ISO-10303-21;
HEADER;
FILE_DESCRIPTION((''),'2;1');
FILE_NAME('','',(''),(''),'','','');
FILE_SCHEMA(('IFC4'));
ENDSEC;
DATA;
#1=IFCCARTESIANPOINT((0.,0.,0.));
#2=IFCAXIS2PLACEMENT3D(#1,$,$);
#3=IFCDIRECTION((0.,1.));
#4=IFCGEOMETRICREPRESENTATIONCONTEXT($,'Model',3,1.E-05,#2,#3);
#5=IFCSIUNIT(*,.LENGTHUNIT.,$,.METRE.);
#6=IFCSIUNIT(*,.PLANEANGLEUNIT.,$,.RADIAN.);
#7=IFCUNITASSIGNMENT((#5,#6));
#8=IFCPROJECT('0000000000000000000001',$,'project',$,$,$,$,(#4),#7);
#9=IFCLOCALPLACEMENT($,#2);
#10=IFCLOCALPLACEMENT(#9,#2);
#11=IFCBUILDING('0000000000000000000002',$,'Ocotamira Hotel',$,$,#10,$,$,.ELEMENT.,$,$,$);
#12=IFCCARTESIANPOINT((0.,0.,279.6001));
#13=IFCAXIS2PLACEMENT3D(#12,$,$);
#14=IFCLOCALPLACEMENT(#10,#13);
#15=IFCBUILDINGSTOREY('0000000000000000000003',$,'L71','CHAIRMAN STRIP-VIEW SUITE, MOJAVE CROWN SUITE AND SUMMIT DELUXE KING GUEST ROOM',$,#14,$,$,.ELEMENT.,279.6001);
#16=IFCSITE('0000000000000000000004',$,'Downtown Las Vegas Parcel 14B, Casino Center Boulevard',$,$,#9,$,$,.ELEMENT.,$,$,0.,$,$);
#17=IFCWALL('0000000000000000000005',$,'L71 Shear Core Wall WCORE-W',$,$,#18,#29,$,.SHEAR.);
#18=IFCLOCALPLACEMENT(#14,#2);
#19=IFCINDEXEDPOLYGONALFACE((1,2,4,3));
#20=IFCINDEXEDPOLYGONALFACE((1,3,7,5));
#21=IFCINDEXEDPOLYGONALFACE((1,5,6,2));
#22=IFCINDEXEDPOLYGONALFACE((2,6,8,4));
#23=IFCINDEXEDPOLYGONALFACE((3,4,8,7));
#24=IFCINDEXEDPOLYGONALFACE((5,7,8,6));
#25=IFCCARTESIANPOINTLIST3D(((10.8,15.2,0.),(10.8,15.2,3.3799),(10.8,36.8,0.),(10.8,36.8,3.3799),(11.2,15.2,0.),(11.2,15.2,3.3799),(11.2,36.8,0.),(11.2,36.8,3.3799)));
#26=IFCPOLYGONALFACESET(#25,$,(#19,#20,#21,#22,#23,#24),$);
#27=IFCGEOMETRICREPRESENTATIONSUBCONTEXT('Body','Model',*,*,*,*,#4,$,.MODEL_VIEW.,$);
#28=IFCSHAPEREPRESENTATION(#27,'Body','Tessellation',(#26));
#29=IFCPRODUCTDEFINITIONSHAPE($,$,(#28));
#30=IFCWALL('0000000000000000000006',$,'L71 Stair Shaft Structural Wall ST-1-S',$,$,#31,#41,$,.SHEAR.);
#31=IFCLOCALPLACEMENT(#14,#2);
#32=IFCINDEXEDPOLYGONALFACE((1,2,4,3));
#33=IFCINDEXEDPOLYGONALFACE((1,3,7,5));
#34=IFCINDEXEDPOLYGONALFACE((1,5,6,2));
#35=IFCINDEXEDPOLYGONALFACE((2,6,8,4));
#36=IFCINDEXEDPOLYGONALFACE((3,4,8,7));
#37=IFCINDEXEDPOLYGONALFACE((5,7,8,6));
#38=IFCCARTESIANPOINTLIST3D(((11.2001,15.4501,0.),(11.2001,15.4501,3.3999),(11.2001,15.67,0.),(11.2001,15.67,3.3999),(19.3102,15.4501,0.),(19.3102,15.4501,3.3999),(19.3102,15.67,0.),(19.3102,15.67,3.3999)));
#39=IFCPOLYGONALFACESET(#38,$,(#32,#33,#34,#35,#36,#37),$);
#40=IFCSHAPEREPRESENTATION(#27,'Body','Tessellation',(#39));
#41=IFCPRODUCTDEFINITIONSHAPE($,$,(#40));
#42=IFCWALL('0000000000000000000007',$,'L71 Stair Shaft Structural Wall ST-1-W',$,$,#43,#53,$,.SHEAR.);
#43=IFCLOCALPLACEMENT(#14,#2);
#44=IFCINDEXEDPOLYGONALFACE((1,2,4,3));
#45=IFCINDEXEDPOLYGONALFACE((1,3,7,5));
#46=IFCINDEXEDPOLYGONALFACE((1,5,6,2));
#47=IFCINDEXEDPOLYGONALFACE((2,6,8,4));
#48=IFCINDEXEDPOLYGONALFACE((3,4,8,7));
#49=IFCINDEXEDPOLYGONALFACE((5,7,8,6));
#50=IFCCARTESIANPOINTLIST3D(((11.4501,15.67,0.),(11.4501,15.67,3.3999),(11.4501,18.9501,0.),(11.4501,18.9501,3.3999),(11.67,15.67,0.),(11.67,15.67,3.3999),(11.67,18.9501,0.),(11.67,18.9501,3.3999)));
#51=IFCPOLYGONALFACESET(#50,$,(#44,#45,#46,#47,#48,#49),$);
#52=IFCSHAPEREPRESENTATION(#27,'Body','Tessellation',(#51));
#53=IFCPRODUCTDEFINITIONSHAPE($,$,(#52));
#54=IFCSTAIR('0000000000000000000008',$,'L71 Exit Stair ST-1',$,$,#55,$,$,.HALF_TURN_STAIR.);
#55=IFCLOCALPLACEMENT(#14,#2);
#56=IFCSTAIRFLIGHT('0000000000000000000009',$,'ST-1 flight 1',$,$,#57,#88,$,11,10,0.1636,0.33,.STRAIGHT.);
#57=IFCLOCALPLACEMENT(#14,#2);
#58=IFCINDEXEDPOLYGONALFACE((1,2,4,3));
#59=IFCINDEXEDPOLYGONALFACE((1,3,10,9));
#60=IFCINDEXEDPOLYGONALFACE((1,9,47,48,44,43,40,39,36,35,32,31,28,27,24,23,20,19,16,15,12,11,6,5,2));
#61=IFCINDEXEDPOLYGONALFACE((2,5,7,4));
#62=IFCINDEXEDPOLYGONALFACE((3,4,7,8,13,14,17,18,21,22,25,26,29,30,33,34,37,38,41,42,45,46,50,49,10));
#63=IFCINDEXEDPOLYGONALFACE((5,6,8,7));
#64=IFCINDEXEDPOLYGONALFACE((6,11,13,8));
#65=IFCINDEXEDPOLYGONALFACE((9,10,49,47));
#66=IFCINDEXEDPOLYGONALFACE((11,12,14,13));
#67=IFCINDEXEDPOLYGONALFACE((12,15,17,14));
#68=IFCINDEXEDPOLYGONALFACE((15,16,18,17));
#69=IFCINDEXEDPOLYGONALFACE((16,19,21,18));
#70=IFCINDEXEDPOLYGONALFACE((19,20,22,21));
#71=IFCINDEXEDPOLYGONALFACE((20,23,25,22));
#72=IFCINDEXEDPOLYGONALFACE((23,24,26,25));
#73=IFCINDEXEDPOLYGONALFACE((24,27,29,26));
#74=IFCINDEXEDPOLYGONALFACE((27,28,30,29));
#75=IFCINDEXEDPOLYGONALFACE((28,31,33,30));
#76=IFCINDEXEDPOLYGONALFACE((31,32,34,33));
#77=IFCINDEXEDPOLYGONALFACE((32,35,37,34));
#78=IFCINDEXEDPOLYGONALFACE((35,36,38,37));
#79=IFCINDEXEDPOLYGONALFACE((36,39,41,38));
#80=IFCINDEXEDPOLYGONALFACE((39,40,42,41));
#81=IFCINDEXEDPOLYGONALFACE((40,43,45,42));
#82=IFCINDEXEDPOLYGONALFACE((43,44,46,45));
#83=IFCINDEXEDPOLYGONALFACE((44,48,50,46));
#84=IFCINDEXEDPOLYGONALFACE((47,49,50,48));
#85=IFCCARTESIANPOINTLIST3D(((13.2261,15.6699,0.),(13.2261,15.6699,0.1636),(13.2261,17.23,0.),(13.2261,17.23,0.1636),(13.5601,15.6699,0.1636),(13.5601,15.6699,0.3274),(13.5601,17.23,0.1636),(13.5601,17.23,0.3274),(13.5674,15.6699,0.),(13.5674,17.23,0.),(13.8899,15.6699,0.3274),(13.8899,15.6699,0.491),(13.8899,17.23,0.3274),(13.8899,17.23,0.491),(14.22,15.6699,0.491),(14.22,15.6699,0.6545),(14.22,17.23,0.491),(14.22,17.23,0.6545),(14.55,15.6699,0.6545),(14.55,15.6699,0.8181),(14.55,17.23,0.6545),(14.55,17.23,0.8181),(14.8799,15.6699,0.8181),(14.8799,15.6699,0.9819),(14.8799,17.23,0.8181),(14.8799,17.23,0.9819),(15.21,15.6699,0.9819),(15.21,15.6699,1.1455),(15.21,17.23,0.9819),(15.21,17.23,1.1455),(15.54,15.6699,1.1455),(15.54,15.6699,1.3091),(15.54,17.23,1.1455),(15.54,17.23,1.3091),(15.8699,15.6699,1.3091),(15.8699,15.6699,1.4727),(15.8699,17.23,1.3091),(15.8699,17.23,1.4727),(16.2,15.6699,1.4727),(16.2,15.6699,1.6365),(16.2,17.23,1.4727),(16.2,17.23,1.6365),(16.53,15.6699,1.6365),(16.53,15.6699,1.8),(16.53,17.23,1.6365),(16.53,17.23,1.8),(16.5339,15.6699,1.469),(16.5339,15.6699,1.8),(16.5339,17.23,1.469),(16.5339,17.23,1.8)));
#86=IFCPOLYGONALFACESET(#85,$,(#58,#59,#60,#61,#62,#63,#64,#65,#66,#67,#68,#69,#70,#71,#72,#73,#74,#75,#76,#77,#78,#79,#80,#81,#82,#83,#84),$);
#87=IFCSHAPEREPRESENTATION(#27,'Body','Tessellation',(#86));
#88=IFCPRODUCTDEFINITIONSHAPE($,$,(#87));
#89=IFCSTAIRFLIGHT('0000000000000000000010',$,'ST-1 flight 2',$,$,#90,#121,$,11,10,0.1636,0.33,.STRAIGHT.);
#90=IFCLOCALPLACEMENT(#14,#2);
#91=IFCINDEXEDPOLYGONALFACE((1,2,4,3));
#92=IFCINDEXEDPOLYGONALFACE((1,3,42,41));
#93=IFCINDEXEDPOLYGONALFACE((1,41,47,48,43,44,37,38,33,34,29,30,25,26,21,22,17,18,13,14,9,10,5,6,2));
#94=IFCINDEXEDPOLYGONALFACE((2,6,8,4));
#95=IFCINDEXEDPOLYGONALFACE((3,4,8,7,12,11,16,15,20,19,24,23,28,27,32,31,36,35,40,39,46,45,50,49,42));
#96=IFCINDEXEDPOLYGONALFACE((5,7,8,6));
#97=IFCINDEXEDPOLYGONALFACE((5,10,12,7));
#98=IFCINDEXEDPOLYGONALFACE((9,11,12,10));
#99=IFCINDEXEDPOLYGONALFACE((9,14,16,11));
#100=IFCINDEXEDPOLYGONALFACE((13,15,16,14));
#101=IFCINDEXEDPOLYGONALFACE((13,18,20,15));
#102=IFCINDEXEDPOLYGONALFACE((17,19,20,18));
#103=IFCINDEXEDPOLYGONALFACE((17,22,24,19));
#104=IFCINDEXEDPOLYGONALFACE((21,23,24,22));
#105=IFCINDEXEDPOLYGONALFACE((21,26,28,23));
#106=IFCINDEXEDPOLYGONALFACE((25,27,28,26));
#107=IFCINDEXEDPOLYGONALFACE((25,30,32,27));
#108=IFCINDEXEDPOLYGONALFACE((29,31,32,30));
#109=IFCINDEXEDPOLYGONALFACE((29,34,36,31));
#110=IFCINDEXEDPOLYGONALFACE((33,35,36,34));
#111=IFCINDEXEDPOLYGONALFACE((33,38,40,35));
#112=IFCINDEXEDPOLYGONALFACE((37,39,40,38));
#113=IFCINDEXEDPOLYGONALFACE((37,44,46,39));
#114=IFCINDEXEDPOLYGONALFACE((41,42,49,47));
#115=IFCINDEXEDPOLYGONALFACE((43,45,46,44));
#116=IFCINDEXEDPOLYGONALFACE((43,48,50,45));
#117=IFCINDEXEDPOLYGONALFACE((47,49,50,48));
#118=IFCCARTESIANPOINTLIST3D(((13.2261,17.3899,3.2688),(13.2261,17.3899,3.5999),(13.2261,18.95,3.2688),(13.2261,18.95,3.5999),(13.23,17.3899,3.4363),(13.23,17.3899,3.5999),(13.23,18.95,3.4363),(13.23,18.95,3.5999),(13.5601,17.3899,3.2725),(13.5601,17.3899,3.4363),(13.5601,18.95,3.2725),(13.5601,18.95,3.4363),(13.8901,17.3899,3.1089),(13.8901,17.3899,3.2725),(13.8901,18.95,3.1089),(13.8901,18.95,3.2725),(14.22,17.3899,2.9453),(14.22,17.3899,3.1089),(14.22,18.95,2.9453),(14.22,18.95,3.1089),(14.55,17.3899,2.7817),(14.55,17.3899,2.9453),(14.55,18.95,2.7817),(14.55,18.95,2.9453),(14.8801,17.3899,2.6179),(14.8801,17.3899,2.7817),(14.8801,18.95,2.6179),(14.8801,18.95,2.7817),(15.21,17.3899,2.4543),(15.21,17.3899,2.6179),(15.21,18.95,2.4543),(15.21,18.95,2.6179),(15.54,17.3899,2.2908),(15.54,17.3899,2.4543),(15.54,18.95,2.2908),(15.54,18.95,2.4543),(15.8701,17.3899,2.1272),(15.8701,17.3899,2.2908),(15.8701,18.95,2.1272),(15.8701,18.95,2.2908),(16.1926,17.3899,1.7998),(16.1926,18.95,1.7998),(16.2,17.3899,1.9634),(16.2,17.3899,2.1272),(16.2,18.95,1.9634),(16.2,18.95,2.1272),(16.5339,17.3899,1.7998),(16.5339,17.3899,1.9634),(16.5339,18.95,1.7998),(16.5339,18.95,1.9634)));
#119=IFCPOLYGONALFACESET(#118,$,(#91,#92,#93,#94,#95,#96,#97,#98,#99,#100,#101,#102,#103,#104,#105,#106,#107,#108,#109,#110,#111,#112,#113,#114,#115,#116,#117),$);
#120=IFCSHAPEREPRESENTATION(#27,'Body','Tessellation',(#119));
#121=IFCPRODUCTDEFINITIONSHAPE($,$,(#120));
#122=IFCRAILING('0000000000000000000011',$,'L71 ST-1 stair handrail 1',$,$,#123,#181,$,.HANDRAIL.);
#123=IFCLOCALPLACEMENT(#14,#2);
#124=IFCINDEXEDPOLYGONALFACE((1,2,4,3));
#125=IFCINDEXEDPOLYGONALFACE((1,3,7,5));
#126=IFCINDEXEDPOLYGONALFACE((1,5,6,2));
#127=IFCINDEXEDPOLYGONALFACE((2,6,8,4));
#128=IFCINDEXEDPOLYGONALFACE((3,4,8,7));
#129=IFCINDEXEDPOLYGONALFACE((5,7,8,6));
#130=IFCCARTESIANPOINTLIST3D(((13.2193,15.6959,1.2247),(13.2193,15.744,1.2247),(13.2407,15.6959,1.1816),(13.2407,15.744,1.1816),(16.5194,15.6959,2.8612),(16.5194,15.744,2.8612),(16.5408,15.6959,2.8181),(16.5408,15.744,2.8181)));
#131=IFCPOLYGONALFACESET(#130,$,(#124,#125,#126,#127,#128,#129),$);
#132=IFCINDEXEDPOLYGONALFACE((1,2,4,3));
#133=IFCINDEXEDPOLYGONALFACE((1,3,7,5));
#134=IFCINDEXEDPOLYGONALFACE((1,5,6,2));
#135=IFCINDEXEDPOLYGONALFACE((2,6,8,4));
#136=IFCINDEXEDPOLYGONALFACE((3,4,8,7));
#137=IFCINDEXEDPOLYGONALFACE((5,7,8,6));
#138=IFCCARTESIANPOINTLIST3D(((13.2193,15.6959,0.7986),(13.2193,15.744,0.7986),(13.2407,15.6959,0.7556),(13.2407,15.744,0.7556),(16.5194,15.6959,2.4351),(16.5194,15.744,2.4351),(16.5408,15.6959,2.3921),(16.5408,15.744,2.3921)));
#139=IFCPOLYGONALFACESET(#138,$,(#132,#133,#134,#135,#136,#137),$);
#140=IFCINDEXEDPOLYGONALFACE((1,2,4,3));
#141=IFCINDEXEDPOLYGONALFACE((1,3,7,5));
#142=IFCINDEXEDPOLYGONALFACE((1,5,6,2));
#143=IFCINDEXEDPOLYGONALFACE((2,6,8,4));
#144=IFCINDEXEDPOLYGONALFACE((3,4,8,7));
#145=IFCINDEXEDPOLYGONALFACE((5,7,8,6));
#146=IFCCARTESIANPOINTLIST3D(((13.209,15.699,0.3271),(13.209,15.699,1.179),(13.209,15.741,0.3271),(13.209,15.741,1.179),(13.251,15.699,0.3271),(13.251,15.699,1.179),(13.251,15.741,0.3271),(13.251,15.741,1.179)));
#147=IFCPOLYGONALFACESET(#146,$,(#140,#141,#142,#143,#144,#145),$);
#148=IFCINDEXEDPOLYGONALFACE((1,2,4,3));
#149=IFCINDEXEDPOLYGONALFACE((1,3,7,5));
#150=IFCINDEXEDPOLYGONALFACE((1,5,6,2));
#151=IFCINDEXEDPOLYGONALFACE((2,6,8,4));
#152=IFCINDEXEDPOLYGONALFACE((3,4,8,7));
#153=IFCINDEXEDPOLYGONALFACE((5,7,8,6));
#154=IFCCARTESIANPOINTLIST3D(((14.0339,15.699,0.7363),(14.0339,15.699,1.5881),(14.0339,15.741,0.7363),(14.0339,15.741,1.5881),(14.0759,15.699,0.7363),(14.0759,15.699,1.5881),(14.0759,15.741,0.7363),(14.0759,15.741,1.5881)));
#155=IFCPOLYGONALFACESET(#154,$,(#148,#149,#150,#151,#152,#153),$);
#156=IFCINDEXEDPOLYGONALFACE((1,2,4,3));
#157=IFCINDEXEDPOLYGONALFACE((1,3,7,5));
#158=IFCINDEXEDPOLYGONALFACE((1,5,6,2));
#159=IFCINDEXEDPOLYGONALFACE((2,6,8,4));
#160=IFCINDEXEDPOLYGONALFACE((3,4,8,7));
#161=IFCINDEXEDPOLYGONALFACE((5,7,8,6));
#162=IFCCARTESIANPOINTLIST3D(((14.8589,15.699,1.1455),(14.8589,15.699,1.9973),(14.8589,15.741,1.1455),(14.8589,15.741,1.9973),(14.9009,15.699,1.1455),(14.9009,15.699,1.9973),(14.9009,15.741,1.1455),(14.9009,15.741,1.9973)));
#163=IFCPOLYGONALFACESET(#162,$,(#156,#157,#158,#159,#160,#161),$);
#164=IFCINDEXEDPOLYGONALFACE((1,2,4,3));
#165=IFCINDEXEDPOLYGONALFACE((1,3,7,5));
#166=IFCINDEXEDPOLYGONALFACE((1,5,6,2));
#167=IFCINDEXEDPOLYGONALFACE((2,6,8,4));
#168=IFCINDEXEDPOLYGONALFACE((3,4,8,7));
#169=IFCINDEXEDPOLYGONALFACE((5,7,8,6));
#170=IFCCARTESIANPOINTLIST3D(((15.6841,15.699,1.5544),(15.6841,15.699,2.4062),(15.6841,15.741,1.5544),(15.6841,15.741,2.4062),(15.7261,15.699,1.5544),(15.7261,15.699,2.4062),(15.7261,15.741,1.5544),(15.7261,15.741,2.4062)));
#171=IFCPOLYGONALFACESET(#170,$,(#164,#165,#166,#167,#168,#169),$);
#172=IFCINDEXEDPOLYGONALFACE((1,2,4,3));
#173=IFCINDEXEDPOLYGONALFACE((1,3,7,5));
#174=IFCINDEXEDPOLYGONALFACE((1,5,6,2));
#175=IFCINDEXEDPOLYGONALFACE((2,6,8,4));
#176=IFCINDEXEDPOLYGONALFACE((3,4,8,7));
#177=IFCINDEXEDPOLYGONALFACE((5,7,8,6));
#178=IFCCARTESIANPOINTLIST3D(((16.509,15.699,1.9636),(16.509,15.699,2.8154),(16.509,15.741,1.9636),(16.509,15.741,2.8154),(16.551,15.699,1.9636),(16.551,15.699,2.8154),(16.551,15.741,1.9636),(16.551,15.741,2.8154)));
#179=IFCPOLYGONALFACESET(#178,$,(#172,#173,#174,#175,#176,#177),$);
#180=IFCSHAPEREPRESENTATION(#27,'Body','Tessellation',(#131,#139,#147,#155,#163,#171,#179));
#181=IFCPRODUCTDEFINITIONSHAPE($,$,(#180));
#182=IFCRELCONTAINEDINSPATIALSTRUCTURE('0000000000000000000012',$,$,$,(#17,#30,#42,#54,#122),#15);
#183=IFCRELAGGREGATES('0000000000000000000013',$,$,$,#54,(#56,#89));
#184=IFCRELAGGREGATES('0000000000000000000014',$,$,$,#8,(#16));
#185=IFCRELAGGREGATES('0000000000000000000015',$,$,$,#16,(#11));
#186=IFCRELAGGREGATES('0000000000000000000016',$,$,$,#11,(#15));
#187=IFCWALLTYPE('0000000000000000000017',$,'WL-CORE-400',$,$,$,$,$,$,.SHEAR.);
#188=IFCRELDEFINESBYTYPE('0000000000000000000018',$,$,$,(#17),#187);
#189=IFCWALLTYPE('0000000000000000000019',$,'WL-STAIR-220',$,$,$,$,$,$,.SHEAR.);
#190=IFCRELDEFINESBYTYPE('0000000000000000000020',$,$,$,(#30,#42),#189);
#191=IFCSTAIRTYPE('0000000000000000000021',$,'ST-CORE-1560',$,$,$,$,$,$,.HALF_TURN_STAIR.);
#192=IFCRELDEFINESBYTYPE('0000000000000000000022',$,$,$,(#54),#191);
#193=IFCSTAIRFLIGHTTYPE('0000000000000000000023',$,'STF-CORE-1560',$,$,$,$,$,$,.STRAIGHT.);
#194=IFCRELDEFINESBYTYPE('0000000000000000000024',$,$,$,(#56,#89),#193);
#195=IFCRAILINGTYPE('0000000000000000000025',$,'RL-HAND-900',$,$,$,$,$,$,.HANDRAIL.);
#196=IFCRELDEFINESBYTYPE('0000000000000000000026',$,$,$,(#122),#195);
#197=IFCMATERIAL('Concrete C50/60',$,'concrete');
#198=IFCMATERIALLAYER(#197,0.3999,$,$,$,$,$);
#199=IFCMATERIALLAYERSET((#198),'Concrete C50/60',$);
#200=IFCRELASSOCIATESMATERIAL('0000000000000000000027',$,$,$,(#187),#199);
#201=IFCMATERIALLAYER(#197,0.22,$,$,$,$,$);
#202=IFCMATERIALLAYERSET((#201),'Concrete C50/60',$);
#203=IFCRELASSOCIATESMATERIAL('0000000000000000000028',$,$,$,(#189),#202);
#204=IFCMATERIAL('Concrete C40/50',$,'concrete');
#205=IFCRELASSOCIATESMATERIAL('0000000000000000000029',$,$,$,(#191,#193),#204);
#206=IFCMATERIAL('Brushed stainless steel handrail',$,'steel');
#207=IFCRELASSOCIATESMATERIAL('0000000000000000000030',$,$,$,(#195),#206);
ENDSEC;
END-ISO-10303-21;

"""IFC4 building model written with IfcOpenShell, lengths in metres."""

from ifc_helpers import new_model, si_unit, direction, frame, frame_2d, origin, origin_2d, place, context, subcontext, project, spatial, polyline, rectangle, outline, extrude, source, transform, mapped, material, layer, layer_set, type_object, element, aggregate, save


model = new_model("IFC4")

# Units and contexts
model_context = context("Model", 3, precision=1e-05, world=origin(), true_north=direction((0.0, 1.0)))
body_context = subcontext(model_context, "Body", "Model", "MODEL_VIEW")
ifc_project = project(units=[si_unit("LENGTHUNIT", "METRE"), si_unit("PLANEANGLEUNIT", "RADIAN")], contexts=[model_context])

# Site, building, storey
site_placement = place(None, origin())
site = spatial("IfcSite", under=ifc_project, at=site_placement, Name="Downtown Las Vegas Parcel 14B, Casino Center Boulevard", CompositionType="ELEMENT", RefElevation=0.0)
building_placement = place(site_placement, origin())
building = spatial("IfcBuilding", under=site, at=building_placement, Name="Ocotamira Hotel", CompositionType="ELEMENT")
storey_placement = place(building_placement, frame((0.0, 0.0, 279.6001)))
storey = spatial("IfcBuildingStorey", under=building, at=storey_placement, Name="L71", Description="CHAIRMAN STRIP-VIEW SUITE, MOJAVE CROWN SUITE AND SUMMIT DELUXE KING GUEST ROOM", CompositionType="ELEMENT", Elevation=279.6001)

# Shared definitions
ifc_material_1 = material(Name="Concrete C50/60", Category="concrete")
ifc_layer_1 = layer(ifc_material_1, 0.3999)
ifc_layer_set_1 = layer_set([ifc_layer_1], Name="Concrete C50/60")
wall_type_1 = type_object("IfcWallType", Name="WL-CORE-400", PredefinedType="SHEAR", material=ifc_layer_set_1)

# Wall
wall_1_placement = place(storey_placement, frame((11.0, 15.2, 0.0), z_axis=(0.0, 0.0, 1.0), x_axis=(0.0, 1.0, 0.0)))
element("IfcWall", 1, at=wall_1_placement, inside=storey, type_object=wall_type_1, Name="L71 Shear Core Wall WCORE-W", PredefinedType="SHEAR", context=body_context, shape_type="SweptSolid", body=[
    extrude(rectangle(XDim=21.6001, YDim=0.3999, at=frame_2d((10.8, 0.0))), origin(), (0.0, 0.0, 1.0), 3.3799),
])

# Walls
ifc_layer_2 = layer(ifc_material_1, 0.22)
ifc_layer_set_2 = layer_set([ifc_layer_2], Name="Concrete C50/60")
wall_type_2 = type_object("IfcWallType", Name="WL-STAIR-220", PredefinedType="SHEAR", material=ifc_layer_set_2)
wall_2_placement = place(storey_placement, frame((11.2, 15.5601, 0.0), z_axis=(0.0, 0.0, 1.0), x_axis=(1.0, 0.0, 0.0)))
element("IfcWall", 2, at=wall_2_placement, inside=storey, type_object=wall_type_2, Name="L71 Stair Shaft Structural Wall ST-1-S", PredefinedType="SHEAR", context=body_context, shape_type="SweptSolid", body=[
    extrude(rectangle(XDim=8.1101, YDim=0.22, at=frame_2d((4.0552, 0.0))), origin(), (0.0, 0.0, 1.0), 3.3999),
])
wall_3_placement = place(storey_placement, frame((11.5601, 15.6699, 0.0), z_axis=(0.0, 0.0, 1.0), x_axis=(0.0, 1.0, 0.0)))
element("IfcWall", 3, at=wall_3_placement, inside=storey, type_object=wall_type_2, Name="L71 Stair Shaft Structural Wall ST-1-W", PredefinedType="SHEAR", context=body_context, shape_type="SweptSolid", body=[
    extrude(rectangle(XDim=3.28, YDim=0.22, at=frame_2d((1.6401, 0.0))), origin(), (0.0, 0.0, 1.0), 3.3999),
])

# Stair, stair flights
ifc_material_2 = material(Name="Concrete C40/50", Category="concrete")
stair_type = type_object("IfcStairType", Name="ST-CORE-1560", PredefinedType="HALF_TURN_STAIR", material=ifc_material_2)
stair_placement = place(storey_placement, origin())
stair = element("IfcStair", 4, at=stair_placement, inside=storey, type_object=stair_type, Name="L71 Exit Stair ST-1", PredefinedType="HALF_TURN_STAIR")
stair_flight_type = type_object("IfcStairFlightType", Name="STF-CORE-1560", PredefinedType="STRAIGHT", material=ifc_material_2)
shared_shape_1 = source(origin(), body_context, "Body", "SweptSolid", [
    extrude(outline(polyline([(-0.0039, 0.0), (-0.0039, 0.1636), (0.3301, 0.1636), (0.3301, 0.3274), (0.6599, 0.3274), (0.6599, 0.491), (0.99, 0.491), (0.99, 0.6545), (1.3201, 0.6545), (1.3201, 0.8181), (1.6499, 0.8181), (1.6499, 0.9819), (1.98, 0.9819), (1.98, 1.1455), (2.3101, 1.1455), (2.3101, 1.3091), (2.6399, 1.3091), (2.6399, 1.4727), (2.97, 1.4727), (2.97, 1.6365), (3.3, 1.6365), (3.3, 1.8), (3.304, 1.8), (3.304, 1.469), (0.3374, 0.0), (-0.0039, 0.0)])), frame((0.0, 0.78, 0.0), z_axis=(0.0, -1.0, 0.0), x_axis=(1.0, 0.0, 0.0)), (0.0, 0.0, 1.0), 1.5601),
])
stair_flight_1_placement = place(storey_placement, frame((13.23, 16.45, 0.0), z_axis=(0.0, 0.0, 1.0), x_axis=(1.0, 0.0, 0.0)))
stair_flight_1 = element("IfcStairFlight", 5, at=stair_flight_1_placement, type_object=stair_flight_type, Name="ST-1 flight 1", NumberOfRisers=11, NumberOfTreads=10, PredefinedType="STRAIGHT", RiserHeight=0.1636, TreadLength=0.33, context=body_context, shape_type="MappedRepresentation", body=[
    mapped(shared_shape_1, transform((0.0, 0.0, 0.0), scale=1.0)),
])
stair_flight_2_placement = place(storey_placement, frame((16.53, 18.1699, 1.7998), z_axis=(0.0, 0.0, 1.0), x_axis=(-1.0, 0.0, 0.0)))
stair_flight_2 = element("IfcStairFlight", 6, at=stair_flight_2_placement, type_object=stair_flight_type, Name="ST-1 flight 2", NumberOfRisers=11, NumberOfTreads=10, PredefinedType="STRAIGHT", RiserHeight=0.1636, TreadLength=0.33, context=body_context, shape_type="MappedRepresentation", body=[
    mapped(shared_shape_1, transform((0.0, 0.0, 0.0), scale=1.0)),
])
aggregate(stair, [stair_flight_1, stair_flight_2])

# Railing
ifc_material_3 = material(Name="Brushed stainless steel handrail", Category="steel")
railing_type_1 = type_object("IfcRailingType", Name="RL-HAND-900", PredefinedType="HANDRAIL", material=ifc_material_3)
railing_1_placement = place(storey_placement, frame((13.23, 15.72, 0.3271)))
element("IfcRailing", 7, at=railing_1_placement, inside=storey, type_object=railing_type_1, Name="L71 ST-1 stair handrail 1", PredefinedType="HANDRAIL", context=body_context, shape_type="SweptSolid", body=[
    extrude(rectangle(XDim=0.0481, YDim=0.0481, at=origin_2d()), frame((0.0, 0.0, 0.876), z_axis=(0.895894, 0.0, 0.444268), x_axis=(0.0, 1.0, 0.0)), (0.0, 0.0, 1.0), 3.6836),
    extrude(rectangle(XDim=0.0481, YDim=0.0481, at=origin_2d()), frame((0.0, 0.0, 0.45), z_axis=(0.895894, 0.0, 0.444268), x_axis=(0.0, 1.0, 0.0)), (0.0, 0.0, 1.0), 3.6836),
    extrude(rectangle(XDim=0.042, YDim=0.042, at=origin_2d()), origin(), (0.0, 0.0, 1.0), 0.8518),
    extrude(rectangle(XDim=0.042, YDim=0.042, at=origin_2d()), frame((0.825, 0.0, 0.4092)), (0.0, 0.0, 1.0), 0.8518),
    extrude(rectangle(XDim=0.042, YDim=0.042, at=origin_2d()), frame((1.6499, 0.0, 0.8184)), (0.0, 0.0, 1.0), 0.8518),
    extrude(rectangle(XDim=0.042, YDim=0.042, at=origin_2d()), frame((2.4751, 0.0, 1.2273)), (0.0, 0.0, 1.0), 0.8518),
    extrude(rectangle(XDim=0.042, YDim=0.042, at=origin_2d()), frame((3.3, 0.0, 1.6365)), (0.0, 0.0, 1.0), 0.8518),
])

save(model, "model.ifc")
